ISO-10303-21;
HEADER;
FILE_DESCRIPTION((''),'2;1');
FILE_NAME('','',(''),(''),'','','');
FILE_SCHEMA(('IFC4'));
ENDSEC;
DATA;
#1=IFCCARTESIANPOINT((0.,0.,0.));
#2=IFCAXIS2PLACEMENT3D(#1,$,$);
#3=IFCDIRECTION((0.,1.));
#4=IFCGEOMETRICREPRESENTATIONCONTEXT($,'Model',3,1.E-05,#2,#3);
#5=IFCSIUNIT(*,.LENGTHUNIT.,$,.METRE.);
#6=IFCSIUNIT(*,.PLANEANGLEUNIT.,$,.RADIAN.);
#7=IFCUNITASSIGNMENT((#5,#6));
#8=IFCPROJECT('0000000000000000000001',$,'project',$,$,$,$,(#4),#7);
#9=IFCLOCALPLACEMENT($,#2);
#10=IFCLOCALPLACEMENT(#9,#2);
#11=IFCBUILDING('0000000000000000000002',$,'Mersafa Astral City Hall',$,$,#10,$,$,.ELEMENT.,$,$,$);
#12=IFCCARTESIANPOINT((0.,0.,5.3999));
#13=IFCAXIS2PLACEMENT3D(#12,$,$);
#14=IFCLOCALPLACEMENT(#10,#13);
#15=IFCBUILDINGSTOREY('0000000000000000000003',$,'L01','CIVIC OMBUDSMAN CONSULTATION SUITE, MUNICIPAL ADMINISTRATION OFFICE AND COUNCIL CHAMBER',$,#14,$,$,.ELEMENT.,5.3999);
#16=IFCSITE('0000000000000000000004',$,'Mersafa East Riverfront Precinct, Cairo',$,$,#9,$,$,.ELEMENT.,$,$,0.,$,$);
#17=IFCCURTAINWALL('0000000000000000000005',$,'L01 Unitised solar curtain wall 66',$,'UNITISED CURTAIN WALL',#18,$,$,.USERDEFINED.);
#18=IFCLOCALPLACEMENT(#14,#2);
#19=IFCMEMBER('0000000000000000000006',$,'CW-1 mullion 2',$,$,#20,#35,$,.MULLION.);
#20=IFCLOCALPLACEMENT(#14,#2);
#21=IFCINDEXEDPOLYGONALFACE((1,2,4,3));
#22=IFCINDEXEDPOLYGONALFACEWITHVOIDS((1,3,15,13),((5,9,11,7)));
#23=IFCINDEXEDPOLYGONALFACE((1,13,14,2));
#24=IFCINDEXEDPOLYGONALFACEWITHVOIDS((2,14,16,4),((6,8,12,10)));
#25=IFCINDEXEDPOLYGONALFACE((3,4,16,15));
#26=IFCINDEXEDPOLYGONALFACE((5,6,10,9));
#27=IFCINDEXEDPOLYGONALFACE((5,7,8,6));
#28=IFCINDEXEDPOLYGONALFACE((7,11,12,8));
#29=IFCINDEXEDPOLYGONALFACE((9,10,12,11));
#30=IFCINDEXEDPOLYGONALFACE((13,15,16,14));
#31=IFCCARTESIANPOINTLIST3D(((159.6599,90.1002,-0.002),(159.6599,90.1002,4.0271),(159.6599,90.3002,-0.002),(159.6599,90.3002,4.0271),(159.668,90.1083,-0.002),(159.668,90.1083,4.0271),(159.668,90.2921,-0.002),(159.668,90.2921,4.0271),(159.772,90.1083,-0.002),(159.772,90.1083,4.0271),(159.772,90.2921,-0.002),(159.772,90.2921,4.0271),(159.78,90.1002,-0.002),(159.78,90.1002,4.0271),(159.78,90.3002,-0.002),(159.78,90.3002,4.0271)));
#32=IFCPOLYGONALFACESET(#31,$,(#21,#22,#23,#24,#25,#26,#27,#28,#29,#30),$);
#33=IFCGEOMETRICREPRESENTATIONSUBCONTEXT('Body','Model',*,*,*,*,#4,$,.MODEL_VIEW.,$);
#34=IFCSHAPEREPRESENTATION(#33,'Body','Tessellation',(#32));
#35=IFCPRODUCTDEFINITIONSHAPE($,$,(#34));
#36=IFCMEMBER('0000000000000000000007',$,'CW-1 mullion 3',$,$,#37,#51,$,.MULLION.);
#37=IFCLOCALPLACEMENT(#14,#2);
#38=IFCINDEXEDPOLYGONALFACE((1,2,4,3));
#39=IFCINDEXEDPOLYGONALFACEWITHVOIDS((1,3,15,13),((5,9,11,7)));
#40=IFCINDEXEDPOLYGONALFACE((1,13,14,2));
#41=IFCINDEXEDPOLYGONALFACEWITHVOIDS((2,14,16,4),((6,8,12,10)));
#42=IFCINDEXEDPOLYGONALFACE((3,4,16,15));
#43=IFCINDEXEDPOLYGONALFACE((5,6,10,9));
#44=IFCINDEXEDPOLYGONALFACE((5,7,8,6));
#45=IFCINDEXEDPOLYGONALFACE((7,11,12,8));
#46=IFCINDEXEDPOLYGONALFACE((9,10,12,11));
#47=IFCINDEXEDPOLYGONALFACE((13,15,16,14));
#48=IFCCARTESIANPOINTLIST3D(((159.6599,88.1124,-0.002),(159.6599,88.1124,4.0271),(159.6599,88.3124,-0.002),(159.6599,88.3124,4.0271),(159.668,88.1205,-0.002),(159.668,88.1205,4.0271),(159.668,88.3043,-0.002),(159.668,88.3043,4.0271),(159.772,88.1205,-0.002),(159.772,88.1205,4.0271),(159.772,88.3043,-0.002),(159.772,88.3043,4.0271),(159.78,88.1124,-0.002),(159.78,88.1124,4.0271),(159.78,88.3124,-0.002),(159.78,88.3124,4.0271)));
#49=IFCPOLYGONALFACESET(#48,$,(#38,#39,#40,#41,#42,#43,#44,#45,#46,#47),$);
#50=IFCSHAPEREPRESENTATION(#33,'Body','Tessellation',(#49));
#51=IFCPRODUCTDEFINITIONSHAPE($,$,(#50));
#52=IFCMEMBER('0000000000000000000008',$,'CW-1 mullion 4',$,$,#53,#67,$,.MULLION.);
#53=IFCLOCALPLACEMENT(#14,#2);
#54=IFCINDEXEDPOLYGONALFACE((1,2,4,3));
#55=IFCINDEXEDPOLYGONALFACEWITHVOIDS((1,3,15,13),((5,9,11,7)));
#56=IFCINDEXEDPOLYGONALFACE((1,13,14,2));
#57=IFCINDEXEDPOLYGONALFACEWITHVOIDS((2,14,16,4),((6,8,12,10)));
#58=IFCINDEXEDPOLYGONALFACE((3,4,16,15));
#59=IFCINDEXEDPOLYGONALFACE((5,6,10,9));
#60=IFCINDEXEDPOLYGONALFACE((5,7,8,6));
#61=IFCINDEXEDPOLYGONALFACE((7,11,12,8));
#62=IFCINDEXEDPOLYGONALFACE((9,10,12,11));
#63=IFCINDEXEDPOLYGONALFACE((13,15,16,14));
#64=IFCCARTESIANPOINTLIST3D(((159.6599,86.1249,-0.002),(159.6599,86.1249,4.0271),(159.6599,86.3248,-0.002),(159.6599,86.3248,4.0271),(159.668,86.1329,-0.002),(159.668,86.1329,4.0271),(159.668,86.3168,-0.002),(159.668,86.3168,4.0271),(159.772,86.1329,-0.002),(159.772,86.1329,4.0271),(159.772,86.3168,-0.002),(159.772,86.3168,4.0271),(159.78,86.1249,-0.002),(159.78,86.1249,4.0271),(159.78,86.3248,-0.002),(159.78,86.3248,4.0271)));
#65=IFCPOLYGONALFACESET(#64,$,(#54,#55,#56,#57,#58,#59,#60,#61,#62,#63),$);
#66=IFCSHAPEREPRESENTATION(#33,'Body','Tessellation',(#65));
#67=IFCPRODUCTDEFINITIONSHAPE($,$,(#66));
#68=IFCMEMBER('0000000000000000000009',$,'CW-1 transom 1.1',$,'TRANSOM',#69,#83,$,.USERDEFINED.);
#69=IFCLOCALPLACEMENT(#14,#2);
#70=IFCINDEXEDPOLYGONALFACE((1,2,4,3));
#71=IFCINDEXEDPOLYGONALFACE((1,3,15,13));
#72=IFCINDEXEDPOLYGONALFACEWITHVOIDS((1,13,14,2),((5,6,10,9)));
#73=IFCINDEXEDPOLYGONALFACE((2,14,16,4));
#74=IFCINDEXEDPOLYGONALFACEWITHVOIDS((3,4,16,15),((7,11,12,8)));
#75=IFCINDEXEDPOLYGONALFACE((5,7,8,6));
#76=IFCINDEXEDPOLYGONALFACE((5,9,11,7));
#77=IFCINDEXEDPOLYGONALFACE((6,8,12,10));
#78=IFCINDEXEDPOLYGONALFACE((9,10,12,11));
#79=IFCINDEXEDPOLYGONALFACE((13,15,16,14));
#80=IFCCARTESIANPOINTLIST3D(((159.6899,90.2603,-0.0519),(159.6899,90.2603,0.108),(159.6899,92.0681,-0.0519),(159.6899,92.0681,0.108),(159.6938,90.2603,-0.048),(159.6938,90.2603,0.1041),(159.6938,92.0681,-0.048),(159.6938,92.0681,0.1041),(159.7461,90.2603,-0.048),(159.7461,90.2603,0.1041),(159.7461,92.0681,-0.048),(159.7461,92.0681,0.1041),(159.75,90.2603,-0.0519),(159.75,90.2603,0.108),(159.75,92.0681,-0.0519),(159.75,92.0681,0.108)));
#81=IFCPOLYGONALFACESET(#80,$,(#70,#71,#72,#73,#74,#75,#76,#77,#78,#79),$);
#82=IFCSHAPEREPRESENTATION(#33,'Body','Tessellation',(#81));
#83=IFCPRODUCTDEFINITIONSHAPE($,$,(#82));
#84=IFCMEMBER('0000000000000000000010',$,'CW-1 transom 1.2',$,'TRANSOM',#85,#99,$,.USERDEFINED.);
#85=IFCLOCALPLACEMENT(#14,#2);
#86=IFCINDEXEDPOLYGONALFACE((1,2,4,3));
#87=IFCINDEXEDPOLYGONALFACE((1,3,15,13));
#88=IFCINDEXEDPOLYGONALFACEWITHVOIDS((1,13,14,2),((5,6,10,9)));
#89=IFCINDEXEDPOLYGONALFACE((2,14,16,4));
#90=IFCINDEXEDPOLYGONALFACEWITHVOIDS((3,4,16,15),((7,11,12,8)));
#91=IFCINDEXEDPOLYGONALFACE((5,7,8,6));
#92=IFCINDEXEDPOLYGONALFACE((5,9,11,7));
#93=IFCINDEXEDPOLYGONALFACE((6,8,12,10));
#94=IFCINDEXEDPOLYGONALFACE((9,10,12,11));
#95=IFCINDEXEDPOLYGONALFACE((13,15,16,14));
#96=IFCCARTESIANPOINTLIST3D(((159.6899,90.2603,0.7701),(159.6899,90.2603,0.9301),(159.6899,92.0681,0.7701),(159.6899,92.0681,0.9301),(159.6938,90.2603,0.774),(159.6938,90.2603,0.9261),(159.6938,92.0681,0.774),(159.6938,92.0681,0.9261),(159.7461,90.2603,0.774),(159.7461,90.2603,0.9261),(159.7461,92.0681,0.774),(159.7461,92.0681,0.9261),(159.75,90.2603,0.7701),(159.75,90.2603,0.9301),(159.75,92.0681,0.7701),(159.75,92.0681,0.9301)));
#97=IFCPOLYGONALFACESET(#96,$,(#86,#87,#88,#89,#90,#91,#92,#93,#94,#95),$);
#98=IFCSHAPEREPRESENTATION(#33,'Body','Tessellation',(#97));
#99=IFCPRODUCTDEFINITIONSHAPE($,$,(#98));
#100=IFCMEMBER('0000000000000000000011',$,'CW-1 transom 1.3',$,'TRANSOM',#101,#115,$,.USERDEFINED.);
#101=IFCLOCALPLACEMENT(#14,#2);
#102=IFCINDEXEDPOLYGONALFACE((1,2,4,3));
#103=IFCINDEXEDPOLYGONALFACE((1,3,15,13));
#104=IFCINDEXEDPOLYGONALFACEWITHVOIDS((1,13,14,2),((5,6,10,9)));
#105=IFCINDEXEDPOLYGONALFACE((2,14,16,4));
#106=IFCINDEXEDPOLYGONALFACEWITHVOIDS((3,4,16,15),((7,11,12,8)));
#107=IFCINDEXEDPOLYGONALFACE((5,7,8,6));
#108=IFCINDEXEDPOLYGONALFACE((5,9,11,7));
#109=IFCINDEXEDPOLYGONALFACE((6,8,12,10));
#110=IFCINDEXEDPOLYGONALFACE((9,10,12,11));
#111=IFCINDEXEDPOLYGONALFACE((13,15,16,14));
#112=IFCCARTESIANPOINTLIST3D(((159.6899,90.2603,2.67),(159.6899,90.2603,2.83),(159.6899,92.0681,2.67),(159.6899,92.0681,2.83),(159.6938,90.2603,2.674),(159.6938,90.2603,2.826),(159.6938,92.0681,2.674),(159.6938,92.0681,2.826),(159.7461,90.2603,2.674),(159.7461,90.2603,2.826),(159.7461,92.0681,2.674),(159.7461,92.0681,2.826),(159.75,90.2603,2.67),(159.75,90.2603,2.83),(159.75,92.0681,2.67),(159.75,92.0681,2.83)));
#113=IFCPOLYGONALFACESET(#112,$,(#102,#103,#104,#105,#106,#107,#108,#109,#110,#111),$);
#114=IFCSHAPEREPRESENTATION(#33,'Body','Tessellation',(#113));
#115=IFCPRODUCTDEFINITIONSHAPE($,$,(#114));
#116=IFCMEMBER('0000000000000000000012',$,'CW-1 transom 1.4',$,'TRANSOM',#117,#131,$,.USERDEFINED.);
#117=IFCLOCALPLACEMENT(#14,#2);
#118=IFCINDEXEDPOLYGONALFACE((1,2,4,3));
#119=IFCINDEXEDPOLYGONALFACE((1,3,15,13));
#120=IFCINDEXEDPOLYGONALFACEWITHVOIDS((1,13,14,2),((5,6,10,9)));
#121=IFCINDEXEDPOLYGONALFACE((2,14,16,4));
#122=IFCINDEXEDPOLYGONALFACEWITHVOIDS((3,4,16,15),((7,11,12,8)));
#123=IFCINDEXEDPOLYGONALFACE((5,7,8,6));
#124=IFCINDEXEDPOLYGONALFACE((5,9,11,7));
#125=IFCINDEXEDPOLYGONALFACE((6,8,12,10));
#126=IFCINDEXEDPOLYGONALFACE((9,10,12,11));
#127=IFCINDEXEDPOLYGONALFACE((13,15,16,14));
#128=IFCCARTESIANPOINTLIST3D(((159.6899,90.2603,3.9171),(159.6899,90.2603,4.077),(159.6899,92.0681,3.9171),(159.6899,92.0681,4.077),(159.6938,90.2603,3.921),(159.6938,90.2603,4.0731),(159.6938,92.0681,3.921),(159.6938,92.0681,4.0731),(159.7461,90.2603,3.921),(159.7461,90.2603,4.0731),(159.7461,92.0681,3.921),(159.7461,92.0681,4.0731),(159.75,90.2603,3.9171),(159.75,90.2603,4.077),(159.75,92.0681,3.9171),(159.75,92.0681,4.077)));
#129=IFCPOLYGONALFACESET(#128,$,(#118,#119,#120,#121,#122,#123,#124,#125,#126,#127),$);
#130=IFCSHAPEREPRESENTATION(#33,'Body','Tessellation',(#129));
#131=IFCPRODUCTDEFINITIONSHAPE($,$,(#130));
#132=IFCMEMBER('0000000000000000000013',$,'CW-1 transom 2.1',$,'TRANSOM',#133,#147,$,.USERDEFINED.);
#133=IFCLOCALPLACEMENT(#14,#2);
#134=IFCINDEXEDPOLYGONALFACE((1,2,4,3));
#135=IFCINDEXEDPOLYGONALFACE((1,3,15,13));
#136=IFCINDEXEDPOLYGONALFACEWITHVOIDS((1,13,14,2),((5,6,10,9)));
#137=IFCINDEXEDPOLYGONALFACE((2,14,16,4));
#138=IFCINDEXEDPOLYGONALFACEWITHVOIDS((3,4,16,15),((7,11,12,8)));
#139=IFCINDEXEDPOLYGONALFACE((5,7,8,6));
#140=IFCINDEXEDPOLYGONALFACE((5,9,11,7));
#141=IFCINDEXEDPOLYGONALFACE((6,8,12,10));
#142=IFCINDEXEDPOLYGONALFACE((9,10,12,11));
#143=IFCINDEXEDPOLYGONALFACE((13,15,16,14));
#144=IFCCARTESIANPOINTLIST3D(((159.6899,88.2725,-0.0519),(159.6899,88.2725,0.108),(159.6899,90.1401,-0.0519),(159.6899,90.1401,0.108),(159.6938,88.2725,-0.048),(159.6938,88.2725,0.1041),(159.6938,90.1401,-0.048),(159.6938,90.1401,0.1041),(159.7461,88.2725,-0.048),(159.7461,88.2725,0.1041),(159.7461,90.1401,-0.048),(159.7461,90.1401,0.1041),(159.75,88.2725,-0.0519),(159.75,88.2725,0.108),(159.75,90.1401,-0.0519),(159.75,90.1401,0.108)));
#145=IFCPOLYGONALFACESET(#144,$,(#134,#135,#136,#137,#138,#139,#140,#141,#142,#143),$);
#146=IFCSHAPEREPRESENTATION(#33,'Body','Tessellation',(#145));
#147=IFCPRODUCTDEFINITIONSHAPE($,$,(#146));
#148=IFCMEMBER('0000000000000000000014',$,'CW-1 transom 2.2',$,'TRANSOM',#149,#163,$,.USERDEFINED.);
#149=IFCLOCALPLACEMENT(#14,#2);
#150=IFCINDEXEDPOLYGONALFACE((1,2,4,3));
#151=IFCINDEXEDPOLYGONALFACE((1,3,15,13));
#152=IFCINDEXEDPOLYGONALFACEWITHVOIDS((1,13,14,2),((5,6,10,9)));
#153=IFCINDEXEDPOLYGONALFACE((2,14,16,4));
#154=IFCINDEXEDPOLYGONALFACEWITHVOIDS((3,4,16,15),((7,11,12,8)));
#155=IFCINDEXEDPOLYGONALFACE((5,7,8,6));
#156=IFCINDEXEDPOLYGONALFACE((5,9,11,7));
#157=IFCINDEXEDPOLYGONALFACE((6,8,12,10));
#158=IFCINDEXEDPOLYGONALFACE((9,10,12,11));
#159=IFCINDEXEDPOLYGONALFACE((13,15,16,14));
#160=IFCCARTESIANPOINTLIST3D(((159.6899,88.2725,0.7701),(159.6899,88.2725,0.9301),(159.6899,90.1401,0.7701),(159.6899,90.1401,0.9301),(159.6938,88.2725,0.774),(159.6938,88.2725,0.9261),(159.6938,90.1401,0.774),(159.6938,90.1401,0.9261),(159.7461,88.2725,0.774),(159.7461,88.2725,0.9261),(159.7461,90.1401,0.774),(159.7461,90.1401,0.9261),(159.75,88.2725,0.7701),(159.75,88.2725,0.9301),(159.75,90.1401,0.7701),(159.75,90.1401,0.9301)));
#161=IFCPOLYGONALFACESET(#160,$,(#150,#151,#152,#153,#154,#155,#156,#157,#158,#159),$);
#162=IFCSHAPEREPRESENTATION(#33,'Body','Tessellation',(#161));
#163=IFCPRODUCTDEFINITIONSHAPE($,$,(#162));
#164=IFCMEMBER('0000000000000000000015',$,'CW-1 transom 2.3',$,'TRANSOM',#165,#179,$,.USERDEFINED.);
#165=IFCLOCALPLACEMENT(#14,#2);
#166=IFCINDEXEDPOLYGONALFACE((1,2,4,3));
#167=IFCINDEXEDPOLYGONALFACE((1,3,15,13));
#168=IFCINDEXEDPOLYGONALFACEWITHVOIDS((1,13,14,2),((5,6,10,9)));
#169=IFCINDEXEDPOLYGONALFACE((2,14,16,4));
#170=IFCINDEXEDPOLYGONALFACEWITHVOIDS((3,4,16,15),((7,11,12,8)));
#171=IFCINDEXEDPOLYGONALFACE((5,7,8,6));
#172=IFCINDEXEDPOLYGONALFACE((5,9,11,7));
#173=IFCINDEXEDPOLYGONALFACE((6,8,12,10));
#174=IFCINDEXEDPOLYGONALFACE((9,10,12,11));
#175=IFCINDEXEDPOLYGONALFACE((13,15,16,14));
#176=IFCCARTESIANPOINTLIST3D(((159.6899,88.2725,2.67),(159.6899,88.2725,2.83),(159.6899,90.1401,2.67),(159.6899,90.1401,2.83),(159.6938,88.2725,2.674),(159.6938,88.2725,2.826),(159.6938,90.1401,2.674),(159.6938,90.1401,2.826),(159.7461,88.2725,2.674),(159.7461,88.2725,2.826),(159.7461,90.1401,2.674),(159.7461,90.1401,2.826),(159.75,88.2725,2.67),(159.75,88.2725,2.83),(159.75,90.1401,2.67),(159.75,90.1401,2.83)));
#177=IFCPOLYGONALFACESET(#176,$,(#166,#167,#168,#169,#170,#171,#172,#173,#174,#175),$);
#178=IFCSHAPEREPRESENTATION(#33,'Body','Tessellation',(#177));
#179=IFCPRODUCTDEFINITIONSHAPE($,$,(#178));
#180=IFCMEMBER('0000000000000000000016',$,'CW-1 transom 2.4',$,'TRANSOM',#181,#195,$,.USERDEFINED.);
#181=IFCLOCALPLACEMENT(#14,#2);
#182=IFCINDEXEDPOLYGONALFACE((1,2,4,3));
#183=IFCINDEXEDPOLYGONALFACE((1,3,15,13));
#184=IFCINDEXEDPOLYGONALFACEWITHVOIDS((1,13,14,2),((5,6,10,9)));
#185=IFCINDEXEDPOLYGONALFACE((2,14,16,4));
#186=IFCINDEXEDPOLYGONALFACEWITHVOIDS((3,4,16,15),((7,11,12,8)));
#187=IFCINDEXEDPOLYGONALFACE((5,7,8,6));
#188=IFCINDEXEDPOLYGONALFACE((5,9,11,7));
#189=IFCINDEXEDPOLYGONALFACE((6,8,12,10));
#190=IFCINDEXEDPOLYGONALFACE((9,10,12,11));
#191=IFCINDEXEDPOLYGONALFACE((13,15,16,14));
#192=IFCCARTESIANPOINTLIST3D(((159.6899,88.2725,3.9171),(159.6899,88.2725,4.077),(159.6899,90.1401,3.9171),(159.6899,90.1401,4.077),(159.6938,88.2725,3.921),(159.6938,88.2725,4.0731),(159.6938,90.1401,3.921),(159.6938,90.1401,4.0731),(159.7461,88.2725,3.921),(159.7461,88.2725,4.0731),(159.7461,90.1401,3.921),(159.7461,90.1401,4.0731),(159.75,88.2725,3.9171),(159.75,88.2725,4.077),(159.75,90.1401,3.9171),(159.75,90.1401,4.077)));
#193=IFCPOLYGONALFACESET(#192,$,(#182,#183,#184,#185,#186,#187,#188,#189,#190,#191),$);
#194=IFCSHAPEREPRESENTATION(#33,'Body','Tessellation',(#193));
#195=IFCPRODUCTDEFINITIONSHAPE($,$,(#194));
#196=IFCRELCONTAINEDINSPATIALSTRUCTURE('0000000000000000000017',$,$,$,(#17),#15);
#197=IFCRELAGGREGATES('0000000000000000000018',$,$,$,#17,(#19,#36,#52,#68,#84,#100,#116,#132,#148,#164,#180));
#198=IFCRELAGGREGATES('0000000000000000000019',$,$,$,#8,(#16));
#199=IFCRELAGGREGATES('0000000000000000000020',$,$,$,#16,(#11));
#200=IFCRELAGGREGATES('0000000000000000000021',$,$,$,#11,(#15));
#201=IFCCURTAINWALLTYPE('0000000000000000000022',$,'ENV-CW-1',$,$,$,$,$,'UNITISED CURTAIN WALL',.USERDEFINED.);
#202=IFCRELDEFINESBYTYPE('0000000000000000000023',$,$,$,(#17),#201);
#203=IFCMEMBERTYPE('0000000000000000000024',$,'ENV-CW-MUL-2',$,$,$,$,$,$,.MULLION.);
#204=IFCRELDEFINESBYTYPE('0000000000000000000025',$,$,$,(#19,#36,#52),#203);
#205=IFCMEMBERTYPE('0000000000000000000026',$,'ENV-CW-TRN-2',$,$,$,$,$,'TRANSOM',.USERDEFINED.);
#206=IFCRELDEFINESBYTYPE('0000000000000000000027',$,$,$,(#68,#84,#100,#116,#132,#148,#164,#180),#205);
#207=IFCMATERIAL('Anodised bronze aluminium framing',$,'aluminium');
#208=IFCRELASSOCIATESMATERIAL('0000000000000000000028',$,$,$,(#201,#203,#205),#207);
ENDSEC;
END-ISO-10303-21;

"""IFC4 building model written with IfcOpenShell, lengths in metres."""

from ifc_helpers import new_model, si_unit, direction, frame, origin, origin_2d, place, context, subcontext, project, spatial, hollow_rectangle, extrude, material, material_profile, profile_set, type_object, element, aggregate, save


model = new_model("IFC4")

# Units and contexts
model_context = context("Model", 3, precision=1e-05, world=origin(), true_north=direction((0.0, 1.0)))
body_context = subcontext(model_context, "Body", "Model", "MODEL_VIEW")
ifc_project = project(units=[si_unit("LENGTHUNIT", "METRE"), si_unit("PLANEANGLEUNIT", "RADIAN")], contexts=[model_context])

# Site, building, storey
site_placement = place(None, origin())
site = spatial("IfcSite", under=ifc_project, at=site_placement, Name="Mersafa East Riverfront Precinct, Cairo", CompositionType="ELEMENT", RefElevation=0.0)
building_placement = place(site_placement, origin())
building = spatial("IfcBuilding", under=site, at=building_placement, Name="Mersafa Astral City Hall", CompositionType="ELEMENT")
storey_placement = place(building_placement, frame((0.0, 0.0, 5.3999)))
storey = spatial("IfcBuildingStorey", under=building, at=storey_placement, Name="L01", Description="CIVIC OMBUDSMAN CONSULTATION SUITE, MUNICIPAL ADMINISTRATION OFFICE AND COUNCIL CHAMBER", CompositionType="ELEMENT", Elevation=5.3999)

# Curtain wall, members
ifc_material_1 = material(Name="Anodised bronze aluminium framing", Category="aluminium")
curtain_wall_type = type_object("IfcCurtainWallType", Name="ENV-CW-1", ElementType="UNITISED CURTAIN WALL", PredefinedType="USERDEFINED", material=ifc_material_1)
curtain_wall_placement = place(storey_placement, origin())
curtain_wall = element("IfcCurtainWall", 1, at=curtain_wall_placement, inside=storey, type_object=curtain_wall_type, Name="L01 Unitised solar curtain wall 66", ObjectType="UNITISED CURTAIN WALL", PredefinedType="USERDEFINED")
ifc_material_profile_1 = material_profile(ifc_material_1, hollow_rectangle(XDim=0.1201, YDim=0.2, WallThickness=0.0081, at=origin_2d()), Name="RHS 120x200x8")
ifc_profile_set_1 = profile_set([ifc_material_profile_1], Name="Anodised bronze aluminium framing")
member_type_1 = type_object("IfcMemberType", Name="ENV-CW-MUL-2", PredefinedType="MULLION", material=ifc_profile_set_1)
member_1_placement = place(storey_placement, frame((159.72, 90.2002, -0.002), z_axis=(0.0, 0.0, 1.0), x_axis=(1.0, 0.0, 0.0)))
member_1 = element("IfcMember", 2, at=member_1_placement, type_object=member_type_1, Name="CW-1 mullion 2", PredefinedType="MULLION", context=body_context, shape_type="SweptSolid", body=[
    extrude(hollow_rectangle(XDim=0.1201, YDim=0.2, WallThickness=0.0081, at=origin_2d()), origin(), (0.0, 0.0, 1.0), 4.0291),
])
member_2_placement = place(storey_placement, frame((159.72, 88.2124, -0.002), z_axis=(0.0, 0.0, 1.0), x_axis=(1.0, 0.0, 0.0)))
member_2 = element("IfcMember", 3, at=member_2_placement, type_object=member_type_1, Name="CW-1 mullion 3", PredefinedType="MULLION", context=body_context, shape_type="SweptSolid", body=[
    extrude(hollow_rectangle(XDim=0.1201, YDim=0.2, WallThickness=0.0081, at=origin_2d()), origin(), (0.0, 0.0, 1.0), 4.0291),
])
member_3_placement = place(storey_placement, frame((159.72, 86.2249, -0.002), z_axis=(0.0, 0.0, 1.0), x_axis=(1.0, 0.0, 0.0)))
member_3 = element("IfcMember", 4, at=member_3_placement, type_object=member_type_1, Name="CW-1 mullion 4", PredefinedType="MULLION", context=body_context, shape_type="SweptSolid", body=[
    extrude(hollow_rectangle(XDim=0.1201, YDim=0.2, WallThickness=0.0081, at=origin_2d()), origin(), (0.0, 0.0, 1.0), 4.0291),
])
ifc_material_profile_2 = material_profile(ifc_material_1, hollow_rectangle(XDim=0.0601, YDim=0.1599, WallThickness=0.0039, at=origin_2d()), Name="RHS 60x160x4")
ifc_profile_set_2 = profile_set([ifc_material_profile_2], Name="Anodised bronze aluminium framing")
member_type_2 = type_object("IfcMemberType", Name="ENV-CW-TRN-2", ElementType="TRANSOM", PredefinedType="USERDEFINED", material=ifc_profile_set_2)
member_4_placement = place(storey_placement, frame((159.72, 92.0681, 0.0281), z_axis=(0.0, -1.0, 0.0), x_axis=(1.0, 0.0, 0.0)))
member_4 = element("IfcMember", 5, at=member_4_placement, type_object=member_type_2, Name="CW-1 transom 1.1", ObjectType="TRANSOM", PredefinedType="USERDEFINED", context=body_context, shape_type="SweptSolid", body=[
    extrude(hollow_rectangle(XDim=0.0601, YDim=0.1599, WallThickness=0.0039, at=origin_2d()), origin(), (0.0, 0.0, 1.0), 1.8079),
])
member_5_placement = place(storey_placement, frame((159.72, 92.0681, 0.8501), z_axis=(0.0, -1.0, 0.0), x_axis=(1.0, 0.0, 0.0)))
member_5 = element("IfcMember", 6, at=member_5_placement, type_object=member_type_2, Name="CW-1 transom 1.2", ObjectType="TRANSOM", PredefinedType="USERDEFINED", context=body_context, shape_type="SweptSolid", body=[
    extrude(hollow_rectangle(XDim=0.0601, YDim=0.1599, WallThickness=0.0039, at=origin_2d()), origin(), (0.0, 0.0, 1.0), 1.8079),
])
member_6_placement = place(storey_placement, frame((159.72, 92.0681, 2.75), z_axis=(0.0, -1.0, 0.0), x_axis=(1.0, 0.0, 0.0)))
member_6 = element("IfcMember", 7, at=member_6_placement, type_object=member_type_2, Name="CW-1 transom 1.3", ObjectType="TRANSOM", PredefinedType="USERDEFINED", context=body_context, shape_type="SweptSolid", body=[
    extrude(hollow_rectangle(XDim=0.0601, YDim=0.1599, WallThickness=0.0039, at=origin_2d()), origin(), (0.0, 0.0, 1.0), 1.8079),
])
member_7_placement = place(storey_placement, frame((159.72, 92.0681, 3.9971), z_axis=(0.0, -1.0, 0.0), x_axis=(1.0, 0.0, 0.0)))
member_7 = element("IfcMember", 8, at=member_7_placement, type_object=member_type_2, Name="CW-1 transom 1.4", ObjectType="TRANSOM", PredefinedType="USERDEFINED", context=body_context, shape_type="SweptSolid", body=[
    extrude(hollow_rectangle(XDim=0.0601, YDim=0.1599, WallThickness=0.0039, at=origin_2d()), origin(), (0.0, 0.0, 1.0), 1.8079),
])
member_8_placement = place(storey_placement, frame((159.72, 90.1401, 0.0281), z_axis=(0.0, -1.0, 0.0), x_axis=(1.0, 0.0, 0.0)))
member_8 = element("IfcMember", 9, at=member_8_placement, type_object=member_type_2, Name="CW-1 transom 2.1", ObjectType="TRANSOM", PredefinedType="USERDEFINED", context=body_context, shape_type="SweptSolid", body=[
    extrude(hollow_rectangle(XDim=0.0601, YDim=0.1599, WallThickness=0.0039, at=origin_2d()), origin(), (0.0, 0.0, 1.0), 1.8677),
])
member_9_placement = place(storey_placement, frame((159.72, 90.1401, 0.8501), z_axis=(0.0, -1.0, 0.0), x_axis=(1.0, 0.0, 0.0)))
member_9 = element("IfcMember", 10, at=member_9_placement, type_object=member_type_2, Name="CW-1 transom 2.2", ObjectType="TRANSOM", PredefinedType="USERDEFINED", context=body_context, shape_type="SweptSolid", body=[
    extrude(hollow_rectangle(XDim=0.0601, YDim=0.1599, WallThickness=0.0039, at=origin_2d()), origin(), (0.0, 0.0, 1.0), 1.8677),
])
member_10_placement = place(storey_placement, frame((159.72, 90.1401, 2.75), z_axis=(0.0, -1.0, 0.0), x_axis=(1.0, 0.0, 0.0)))
member_10 = element("IfcMember", 11, at=member_10_placement, type_object=member_type_2, Name="CW-1 transom 2.3", ObjectType="TRANSOM", PredefinedType="USERDEFINED", context=body_context, shape_type="SweptSolid", body=[
    extrude(hollow_rectangle(XDim=0.0601, YDim=0.1599, WallThickness=0.0039, at=origin_2d()), origin(), (0.0, 0.0, 1.0), 1.8677),
])
member_11_placement = place(storey_placement, frame((159.72, 90.1401, 3.9971), z_axis=(0.0, -1.0, 0.0), x_axis=(1.0, 0.0, 0.0)))
member_11 = element("IfcMember", 12, at=member_11_placement, type_object=member_type_2, Name="CW-1 transom 2.4", ObjectType="TRANSOM", PredefinedType="USERDEFINED", context=body_context, shape_type="SweptSolid", body=[
    extrude(hollow_rectangle(XDim=0.0601, YDim=0.1599, WallThickness=0.0039, at=origin_2d()), origin(), (0.0, 0.0, 1.0), 1.8677),
])
aggregate(curtain_wall, [member_1, member_2, member_3, member_4, member_5, member_6, member_7, member_8, member_9, member_10, member_11])

save(model, "model.ifc")
